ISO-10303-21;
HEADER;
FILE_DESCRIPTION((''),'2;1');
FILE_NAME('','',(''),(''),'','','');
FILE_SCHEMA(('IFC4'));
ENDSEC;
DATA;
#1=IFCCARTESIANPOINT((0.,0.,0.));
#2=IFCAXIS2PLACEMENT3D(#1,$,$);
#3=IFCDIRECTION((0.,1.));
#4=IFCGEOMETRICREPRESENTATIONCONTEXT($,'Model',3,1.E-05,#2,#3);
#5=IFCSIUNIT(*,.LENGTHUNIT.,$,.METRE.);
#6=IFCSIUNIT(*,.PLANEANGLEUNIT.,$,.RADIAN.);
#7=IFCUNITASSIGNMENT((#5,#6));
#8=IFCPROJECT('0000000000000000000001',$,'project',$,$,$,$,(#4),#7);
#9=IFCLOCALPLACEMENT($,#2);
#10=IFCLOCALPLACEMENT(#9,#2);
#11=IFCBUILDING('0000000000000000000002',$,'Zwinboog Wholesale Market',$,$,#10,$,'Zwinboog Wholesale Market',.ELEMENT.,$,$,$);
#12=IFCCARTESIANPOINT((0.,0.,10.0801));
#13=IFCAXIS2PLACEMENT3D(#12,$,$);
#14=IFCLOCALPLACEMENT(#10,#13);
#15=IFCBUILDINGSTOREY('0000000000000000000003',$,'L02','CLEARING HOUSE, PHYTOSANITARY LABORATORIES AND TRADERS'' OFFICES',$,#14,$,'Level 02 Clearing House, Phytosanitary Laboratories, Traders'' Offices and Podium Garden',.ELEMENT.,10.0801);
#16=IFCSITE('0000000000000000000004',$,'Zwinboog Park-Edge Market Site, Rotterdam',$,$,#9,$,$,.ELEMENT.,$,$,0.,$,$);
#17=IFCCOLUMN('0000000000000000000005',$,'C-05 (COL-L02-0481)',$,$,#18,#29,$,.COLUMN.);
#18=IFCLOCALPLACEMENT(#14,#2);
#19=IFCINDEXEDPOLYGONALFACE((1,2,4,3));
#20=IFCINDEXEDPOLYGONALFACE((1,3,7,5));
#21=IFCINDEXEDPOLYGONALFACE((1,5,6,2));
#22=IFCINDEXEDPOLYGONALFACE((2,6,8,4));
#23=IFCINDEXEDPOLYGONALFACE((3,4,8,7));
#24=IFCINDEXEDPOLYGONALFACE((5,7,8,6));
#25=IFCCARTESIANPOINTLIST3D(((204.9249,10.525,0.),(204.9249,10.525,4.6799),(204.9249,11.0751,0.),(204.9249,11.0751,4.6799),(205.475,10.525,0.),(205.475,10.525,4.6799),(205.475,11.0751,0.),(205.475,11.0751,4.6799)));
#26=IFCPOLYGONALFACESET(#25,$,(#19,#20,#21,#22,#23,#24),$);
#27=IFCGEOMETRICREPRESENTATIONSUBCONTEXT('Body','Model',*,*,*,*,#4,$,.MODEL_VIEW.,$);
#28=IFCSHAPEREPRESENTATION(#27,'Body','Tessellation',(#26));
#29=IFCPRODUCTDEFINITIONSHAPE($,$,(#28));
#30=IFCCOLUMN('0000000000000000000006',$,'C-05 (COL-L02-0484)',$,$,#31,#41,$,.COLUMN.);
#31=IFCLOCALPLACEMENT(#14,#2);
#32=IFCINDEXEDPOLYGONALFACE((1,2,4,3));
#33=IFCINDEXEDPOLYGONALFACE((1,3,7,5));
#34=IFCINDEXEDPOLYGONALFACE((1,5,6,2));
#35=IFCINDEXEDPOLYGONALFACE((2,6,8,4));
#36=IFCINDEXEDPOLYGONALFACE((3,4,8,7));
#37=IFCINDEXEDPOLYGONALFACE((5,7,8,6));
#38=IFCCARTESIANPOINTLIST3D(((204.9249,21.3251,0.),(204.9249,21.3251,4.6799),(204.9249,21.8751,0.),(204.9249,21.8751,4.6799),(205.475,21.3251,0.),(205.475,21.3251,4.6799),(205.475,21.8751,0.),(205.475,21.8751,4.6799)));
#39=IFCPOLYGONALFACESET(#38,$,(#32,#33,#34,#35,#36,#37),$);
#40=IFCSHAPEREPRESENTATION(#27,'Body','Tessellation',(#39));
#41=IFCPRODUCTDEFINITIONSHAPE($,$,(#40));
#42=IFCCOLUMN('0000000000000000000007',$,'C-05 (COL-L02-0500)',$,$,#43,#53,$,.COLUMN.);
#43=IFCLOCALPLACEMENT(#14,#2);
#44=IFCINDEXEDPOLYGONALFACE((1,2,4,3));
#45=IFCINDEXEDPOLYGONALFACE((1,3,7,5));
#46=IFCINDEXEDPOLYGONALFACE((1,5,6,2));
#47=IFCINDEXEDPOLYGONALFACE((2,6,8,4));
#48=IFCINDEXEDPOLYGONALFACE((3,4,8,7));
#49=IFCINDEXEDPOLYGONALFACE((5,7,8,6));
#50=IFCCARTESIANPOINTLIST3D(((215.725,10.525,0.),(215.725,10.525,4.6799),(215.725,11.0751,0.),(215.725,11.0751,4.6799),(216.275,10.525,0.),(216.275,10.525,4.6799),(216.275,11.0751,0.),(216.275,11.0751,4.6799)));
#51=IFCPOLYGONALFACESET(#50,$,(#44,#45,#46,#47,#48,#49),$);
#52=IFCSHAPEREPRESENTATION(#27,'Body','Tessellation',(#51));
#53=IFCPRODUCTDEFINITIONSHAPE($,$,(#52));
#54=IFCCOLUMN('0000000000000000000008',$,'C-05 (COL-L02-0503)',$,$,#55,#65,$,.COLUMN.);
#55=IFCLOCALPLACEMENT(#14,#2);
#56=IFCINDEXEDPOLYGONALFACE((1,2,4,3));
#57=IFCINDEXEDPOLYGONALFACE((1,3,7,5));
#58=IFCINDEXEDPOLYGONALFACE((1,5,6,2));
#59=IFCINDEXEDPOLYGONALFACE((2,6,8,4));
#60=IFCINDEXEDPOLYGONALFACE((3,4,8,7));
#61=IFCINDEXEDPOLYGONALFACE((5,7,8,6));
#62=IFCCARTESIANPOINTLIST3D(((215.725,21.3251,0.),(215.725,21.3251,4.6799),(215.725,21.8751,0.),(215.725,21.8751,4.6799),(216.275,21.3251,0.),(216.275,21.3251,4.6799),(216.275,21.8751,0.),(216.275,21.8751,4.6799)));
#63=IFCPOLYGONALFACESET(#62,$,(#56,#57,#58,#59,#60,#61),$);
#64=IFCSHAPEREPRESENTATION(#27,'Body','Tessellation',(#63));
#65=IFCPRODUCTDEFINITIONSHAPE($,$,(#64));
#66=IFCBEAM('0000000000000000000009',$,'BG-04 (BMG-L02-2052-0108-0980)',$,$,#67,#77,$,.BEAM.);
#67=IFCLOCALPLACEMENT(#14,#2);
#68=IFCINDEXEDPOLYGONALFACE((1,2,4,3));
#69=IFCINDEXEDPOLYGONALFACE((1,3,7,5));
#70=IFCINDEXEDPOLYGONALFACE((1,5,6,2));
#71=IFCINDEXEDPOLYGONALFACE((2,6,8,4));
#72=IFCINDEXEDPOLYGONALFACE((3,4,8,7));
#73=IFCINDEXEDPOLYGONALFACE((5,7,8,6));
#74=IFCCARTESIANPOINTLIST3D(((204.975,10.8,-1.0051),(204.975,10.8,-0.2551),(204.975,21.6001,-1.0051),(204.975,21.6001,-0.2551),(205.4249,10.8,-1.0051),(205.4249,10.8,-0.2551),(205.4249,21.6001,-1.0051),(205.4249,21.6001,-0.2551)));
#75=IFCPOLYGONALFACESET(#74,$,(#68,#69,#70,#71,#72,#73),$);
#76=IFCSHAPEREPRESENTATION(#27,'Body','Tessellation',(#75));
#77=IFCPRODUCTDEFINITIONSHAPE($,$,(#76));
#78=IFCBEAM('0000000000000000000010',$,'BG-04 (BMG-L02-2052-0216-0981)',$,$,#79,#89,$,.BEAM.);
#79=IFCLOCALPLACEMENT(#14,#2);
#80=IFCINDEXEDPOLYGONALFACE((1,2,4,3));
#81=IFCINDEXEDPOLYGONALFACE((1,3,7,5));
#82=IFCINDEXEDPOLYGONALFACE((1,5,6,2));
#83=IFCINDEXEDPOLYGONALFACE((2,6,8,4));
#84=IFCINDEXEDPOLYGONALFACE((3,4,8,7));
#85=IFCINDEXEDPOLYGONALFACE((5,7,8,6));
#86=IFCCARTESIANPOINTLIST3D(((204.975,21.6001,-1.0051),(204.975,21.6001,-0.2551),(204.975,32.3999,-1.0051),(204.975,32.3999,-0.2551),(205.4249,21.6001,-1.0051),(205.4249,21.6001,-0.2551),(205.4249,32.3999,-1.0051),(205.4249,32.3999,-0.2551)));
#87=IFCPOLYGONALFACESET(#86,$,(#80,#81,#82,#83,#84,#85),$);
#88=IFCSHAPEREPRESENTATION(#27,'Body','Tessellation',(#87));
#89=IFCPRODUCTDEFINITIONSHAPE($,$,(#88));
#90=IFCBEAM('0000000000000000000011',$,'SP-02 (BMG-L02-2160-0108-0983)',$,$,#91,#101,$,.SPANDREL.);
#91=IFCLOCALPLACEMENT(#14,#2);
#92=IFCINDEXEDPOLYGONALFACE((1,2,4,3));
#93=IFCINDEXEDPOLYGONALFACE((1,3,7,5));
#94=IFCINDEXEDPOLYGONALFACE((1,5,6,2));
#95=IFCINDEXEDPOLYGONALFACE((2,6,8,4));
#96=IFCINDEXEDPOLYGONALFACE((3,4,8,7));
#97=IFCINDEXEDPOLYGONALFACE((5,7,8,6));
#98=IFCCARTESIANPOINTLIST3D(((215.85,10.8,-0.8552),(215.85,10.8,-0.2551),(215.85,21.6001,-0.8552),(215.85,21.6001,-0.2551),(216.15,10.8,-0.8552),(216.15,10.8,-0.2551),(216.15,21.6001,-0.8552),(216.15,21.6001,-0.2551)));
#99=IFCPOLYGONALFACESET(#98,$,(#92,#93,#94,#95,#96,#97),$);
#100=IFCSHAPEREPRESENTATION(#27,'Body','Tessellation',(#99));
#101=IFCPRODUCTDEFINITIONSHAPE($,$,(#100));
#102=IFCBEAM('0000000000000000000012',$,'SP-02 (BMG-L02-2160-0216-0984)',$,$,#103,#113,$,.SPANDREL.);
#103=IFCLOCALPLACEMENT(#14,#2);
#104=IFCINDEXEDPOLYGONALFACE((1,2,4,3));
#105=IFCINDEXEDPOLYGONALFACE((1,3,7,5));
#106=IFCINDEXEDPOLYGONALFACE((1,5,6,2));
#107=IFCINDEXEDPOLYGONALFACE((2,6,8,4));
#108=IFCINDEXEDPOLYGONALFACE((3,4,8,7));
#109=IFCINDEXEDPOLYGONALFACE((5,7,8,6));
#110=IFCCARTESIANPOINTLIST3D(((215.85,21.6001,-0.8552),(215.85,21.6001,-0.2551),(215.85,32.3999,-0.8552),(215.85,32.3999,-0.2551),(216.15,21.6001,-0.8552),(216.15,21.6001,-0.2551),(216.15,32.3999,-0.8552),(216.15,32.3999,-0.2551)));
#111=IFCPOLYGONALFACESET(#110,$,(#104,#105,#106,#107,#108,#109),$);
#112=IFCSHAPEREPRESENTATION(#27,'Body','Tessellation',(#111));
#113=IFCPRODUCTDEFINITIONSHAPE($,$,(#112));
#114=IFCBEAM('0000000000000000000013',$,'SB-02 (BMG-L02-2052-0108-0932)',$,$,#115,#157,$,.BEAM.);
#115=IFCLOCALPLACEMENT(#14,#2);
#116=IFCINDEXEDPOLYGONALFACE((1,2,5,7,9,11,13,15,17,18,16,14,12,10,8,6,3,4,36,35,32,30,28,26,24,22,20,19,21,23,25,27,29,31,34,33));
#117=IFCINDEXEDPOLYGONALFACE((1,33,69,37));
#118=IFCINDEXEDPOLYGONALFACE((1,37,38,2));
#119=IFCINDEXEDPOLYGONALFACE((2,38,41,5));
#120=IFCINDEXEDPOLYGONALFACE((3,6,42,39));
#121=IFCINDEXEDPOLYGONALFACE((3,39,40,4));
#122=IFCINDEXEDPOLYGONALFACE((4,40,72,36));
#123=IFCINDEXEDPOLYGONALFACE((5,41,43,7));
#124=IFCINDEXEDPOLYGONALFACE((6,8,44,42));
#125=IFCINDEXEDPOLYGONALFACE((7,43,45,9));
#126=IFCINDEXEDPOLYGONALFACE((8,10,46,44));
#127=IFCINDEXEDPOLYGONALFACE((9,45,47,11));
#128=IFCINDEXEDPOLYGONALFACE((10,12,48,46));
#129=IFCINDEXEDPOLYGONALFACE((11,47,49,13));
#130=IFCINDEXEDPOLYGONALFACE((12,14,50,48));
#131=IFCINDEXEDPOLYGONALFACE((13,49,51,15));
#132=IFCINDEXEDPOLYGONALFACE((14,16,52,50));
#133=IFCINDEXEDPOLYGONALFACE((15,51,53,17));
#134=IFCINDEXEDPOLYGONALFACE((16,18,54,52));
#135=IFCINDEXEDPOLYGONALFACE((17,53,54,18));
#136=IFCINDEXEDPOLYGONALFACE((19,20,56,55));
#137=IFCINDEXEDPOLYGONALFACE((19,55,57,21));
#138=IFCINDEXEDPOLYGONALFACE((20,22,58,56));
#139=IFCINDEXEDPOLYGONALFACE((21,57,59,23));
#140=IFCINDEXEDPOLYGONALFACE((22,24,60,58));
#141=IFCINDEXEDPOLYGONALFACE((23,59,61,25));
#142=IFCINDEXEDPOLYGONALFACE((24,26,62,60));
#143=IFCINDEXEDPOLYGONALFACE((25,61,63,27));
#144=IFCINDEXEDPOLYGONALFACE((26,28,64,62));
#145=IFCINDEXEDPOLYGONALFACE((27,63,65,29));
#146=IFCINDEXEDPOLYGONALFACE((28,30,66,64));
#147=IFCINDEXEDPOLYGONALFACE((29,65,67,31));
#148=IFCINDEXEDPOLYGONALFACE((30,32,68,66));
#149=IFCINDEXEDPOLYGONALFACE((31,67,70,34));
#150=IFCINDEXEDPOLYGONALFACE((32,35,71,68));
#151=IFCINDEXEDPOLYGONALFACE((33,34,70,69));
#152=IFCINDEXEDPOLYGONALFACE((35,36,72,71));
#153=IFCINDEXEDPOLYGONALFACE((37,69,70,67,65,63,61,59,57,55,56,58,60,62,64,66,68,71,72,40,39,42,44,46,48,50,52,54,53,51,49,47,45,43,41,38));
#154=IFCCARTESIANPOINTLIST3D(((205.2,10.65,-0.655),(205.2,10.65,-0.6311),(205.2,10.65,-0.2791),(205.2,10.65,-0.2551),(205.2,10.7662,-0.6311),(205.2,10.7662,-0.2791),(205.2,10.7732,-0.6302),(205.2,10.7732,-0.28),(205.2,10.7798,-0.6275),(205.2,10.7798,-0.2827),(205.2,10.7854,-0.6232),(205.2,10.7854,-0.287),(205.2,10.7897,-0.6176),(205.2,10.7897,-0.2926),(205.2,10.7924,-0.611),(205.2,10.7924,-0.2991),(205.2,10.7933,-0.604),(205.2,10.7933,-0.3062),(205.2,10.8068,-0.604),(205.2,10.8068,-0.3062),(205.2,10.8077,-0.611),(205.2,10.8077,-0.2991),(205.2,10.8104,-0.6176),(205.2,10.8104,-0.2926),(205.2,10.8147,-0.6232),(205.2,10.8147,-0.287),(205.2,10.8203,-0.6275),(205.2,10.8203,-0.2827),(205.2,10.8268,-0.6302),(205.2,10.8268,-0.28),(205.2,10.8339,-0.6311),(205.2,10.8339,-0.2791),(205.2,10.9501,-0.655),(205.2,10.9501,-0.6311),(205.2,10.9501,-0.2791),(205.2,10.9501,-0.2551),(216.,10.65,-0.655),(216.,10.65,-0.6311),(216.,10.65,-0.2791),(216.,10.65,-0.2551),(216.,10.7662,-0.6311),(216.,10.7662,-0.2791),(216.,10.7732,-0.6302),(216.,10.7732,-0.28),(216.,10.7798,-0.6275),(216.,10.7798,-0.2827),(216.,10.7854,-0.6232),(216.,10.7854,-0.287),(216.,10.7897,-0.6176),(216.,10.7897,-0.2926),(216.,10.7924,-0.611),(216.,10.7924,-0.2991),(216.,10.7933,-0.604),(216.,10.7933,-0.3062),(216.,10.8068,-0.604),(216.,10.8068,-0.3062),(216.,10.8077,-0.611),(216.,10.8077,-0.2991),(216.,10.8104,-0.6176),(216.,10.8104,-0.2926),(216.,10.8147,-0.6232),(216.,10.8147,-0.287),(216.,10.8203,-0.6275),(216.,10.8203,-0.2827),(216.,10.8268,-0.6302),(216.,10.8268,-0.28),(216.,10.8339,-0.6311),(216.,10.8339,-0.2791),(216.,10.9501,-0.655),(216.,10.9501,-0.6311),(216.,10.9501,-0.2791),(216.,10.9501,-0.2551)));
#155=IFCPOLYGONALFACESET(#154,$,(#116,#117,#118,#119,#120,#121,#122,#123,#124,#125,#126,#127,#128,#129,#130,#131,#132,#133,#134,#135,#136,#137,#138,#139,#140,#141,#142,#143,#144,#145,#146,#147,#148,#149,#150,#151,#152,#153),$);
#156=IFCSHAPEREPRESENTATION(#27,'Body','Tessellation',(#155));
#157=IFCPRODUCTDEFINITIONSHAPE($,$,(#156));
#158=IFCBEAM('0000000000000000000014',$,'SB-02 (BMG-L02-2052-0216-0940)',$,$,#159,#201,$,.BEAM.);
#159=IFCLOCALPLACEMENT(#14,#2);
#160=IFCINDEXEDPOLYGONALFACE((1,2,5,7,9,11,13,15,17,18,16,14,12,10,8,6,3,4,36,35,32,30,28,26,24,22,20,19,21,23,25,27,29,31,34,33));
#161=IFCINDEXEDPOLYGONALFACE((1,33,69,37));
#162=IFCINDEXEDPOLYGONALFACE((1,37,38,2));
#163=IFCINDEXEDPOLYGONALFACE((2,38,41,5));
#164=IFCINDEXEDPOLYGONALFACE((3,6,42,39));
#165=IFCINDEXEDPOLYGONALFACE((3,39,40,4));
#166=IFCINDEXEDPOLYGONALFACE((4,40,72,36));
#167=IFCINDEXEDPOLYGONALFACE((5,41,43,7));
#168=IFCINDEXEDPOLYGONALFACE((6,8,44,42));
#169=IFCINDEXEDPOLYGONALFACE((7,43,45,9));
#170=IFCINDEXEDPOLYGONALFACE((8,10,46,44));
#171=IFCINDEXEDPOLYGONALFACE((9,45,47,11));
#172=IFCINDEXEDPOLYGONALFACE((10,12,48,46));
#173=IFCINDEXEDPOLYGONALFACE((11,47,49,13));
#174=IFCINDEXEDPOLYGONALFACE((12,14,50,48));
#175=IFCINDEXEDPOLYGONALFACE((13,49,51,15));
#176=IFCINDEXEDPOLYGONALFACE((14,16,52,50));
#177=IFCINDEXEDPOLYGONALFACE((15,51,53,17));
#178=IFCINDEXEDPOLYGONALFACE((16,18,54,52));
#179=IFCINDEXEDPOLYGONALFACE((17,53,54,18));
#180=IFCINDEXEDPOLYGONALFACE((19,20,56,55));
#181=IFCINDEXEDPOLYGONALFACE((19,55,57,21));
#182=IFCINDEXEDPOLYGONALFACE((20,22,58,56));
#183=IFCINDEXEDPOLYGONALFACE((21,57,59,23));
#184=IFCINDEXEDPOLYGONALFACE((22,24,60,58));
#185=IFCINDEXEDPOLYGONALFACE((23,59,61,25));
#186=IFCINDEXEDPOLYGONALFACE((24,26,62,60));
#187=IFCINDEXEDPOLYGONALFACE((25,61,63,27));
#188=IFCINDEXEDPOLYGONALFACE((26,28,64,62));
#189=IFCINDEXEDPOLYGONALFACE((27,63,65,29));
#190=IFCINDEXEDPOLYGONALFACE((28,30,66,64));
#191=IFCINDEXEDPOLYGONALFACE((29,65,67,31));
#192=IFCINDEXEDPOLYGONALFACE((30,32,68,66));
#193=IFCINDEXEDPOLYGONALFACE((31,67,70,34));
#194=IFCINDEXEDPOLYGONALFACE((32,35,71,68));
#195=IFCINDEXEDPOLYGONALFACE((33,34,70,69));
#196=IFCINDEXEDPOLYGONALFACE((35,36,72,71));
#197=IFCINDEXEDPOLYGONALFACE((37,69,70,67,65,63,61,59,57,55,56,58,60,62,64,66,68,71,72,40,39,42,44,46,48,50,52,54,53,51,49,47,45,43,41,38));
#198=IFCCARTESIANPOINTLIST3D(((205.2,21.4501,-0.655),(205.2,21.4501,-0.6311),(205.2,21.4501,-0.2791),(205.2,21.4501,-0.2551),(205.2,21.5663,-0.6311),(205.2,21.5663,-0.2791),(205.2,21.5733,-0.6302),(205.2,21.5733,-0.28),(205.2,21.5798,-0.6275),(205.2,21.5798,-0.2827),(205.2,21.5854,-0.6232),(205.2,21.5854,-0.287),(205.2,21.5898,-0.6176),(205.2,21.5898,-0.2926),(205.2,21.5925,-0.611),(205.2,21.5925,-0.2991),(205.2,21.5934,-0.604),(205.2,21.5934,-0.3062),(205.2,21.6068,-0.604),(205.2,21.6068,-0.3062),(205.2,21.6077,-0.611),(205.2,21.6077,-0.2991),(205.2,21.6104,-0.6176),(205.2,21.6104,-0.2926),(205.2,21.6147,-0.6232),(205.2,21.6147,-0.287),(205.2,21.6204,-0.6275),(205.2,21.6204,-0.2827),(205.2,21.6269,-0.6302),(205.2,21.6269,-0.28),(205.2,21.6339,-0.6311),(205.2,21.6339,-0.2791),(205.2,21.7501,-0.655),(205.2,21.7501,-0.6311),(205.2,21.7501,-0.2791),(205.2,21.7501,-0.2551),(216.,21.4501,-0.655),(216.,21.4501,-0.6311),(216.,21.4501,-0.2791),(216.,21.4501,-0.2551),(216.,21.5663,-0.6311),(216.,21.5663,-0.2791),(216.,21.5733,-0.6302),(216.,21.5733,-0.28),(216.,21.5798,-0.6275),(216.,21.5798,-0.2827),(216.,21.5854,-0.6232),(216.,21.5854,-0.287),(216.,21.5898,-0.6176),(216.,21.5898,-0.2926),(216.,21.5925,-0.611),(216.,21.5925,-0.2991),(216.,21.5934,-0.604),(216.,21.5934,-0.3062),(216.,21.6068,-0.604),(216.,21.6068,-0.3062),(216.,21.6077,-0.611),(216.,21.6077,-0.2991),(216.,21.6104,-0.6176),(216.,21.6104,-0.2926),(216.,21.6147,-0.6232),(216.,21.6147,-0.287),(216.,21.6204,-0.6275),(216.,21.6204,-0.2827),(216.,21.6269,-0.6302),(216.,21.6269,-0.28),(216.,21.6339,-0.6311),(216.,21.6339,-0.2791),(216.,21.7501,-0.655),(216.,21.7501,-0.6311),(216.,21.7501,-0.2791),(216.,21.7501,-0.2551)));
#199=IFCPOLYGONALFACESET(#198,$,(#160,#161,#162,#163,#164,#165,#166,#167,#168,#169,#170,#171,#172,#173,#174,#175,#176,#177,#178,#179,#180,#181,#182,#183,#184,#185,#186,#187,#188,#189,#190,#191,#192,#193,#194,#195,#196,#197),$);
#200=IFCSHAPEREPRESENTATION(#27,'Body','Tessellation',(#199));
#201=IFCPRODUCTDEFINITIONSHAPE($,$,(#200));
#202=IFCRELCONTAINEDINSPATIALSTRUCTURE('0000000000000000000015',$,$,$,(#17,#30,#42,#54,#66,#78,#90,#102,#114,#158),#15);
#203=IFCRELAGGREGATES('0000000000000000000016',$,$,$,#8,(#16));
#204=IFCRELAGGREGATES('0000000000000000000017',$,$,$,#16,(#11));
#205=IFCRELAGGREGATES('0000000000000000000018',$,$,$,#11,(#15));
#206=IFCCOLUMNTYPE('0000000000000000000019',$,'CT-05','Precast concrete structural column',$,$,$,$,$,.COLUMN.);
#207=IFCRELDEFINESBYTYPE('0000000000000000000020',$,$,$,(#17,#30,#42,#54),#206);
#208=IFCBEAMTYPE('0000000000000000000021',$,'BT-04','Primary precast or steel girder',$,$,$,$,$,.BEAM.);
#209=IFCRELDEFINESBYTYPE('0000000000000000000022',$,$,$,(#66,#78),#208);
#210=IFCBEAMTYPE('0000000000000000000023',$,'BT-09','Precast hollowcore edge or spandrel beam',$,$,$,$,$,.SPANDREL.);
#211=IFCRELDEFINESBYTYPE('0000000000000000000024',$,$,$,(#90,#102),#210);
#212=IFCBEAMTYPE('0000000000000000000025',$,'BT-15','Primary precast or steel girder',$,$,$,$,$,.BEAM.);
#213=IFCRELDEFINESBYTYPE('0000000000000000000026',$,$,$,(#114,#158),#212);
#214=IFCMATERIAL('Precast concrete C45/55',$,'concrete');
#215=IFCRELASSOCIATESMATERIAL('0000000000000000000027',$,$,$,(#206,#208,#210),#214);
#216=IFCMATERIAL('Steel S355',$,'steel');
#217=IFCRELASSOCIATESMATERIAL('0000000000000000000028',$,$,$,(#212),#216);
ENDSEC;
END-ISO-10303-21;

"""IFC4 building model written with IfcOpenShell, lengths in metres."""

from ifc_helpers import new_model, si_unit, direction, frame, origin, origin_2d, place, context, subcontext, project, spatial, rectangle, i_section, extrude, material, material_profile, profile_set, type_object, element, save


model = new_model("IFC4")

# Units and contexts
model_context = context("Model", 3, precision=1e-05, world=origin(), true_north=direction((0.0, 1.0)))
body_context = subcontext(model_context, "Body", "Model", "MODEL_VIEW")
ifc_project = project(units=[si_unit("LENGTHUNIT", "METRE"), si_unit("PLANEANGLEUNIT", "RADIAN")], contexts=[model_context])

# Site, building, storey
site_placement = place(None, origin())
site = spatial("IfcSite", under=ifc_project, at=site_placement, Name="Zwinboog Park-Edge Market Site, Rotterdam", CompositionType="ELEMENT", RefElevation=0.0)
building_placement = place(site_placement, origin())
building = spatial("IfcBuilding", under=site, at=building_placement, Name="Zwinboog Wholesale Market", LongName="Zwinboog Wholesale Market", CompositionType="ELEMENT")
storey_placement = place(building_placement, frame((0.0, 0.0, 10.0801)))
storey = spatial("IfcBuildingStorey", under=building, at=storey_placement, Name="L02", Description="CLEARING HOUSE, PHYTOSANITARY LABORATORIES AND TRADERS' OFFICES", LongName="Level 02 Clearing House, Phytosanitary Laboratories, Traders' Offices and Podium Garden", CompositionType="ELEMENT", Elevation=10.0801)

# Columns
ifc_material_1 = material(Name="Precast concrete C45/55", Category="concrete")
ifc_material_profile_1 = material_profile(ifc_material_1, rectangle(XDim=0.55, YDim=0.55, at=origin_2d()), Name="PC 550x550")
ifc_profile_set_1 = profile_set([ifc_material_profile_1], Name="Precast concrete C45/55")
column_type = type_object("IfcColumnType", Name="CT-05", Description="Precast concrete structural column", PredefinedType="COLUMN", material=ifc_profile_set_1)
for number, where, z_axis, x_axis, name in (
    (1, (205.2, 10.8, 0.0), (0.0, 0.0, 1.0), (1.0, 0.0, 0.0), "C-05 (COL-L02-0481)"),
    (2, (205.2, 21.6001, 0.0), (0.0, 0.0, 1.0), (1.0, 0.0, 0.0), "C-05 (COL-L02-0484)"),
    (3, (216.0, 10.8, 0.0), (0.0, 0.0, 1.0), (1.0, 0.0, 0.0), "C-05 (COL-L02-0500)"),
    (4, (216.0, 21.6001, 0.0), (0.0, 0.0, 1.0), (1.0, 0.0, 0.0), "C-05 (COL-L02-0503)"),
):
    element("IfcColumn", number, at=place(storey_placement, frame(where, z_axis=z_axis, x_axis=x_axis)), inside=storey, type_object=column_type, Name=name, PredefinedType="COLUMN", context=body_context, shape_type="SweptSolid", body=[
        extrude(rectangle(XDim=0.55, YDim=0.55, at=origin_2d()), origin(), (0.0, 0.0, 1.0), 4.6799),
    ])

# Beams
ifc_material_profile_2 = material_profile(ifc_material_1, rectangle(XDim=0.45, YDim=0.75, at=origin_2d()), Name="PC 450x750")
ifc_profile_set_2 = profile_set([ifc_material_profile_2], Name="Precast concrete C45/55")
beam_type_1 = type_object("IfcBeamType", Name="BT-04", Description="Primary precast or steel girder", PredefinedType="BEAM", material=ifc_profile_set_2)
beam_1_placement = place(storey_placement, frame((205.2, 10.8, -0.6301), z_axis=(0.0, 1.0, 0.0), x_axis=(-1.0, 0.0, 0.0)))
element("IfcBeam", 5, at=beam_1_placement, inside=storey, type_object=beam_type_1, Name="BG-04 (BMG-L02-2052-0108-0980)", PredefinedType="BEAM", context=body_context, shape_type="SweptSolid", body=[
    extrude(rectangle(XDim=0.45, YDim=0.75, at=origin_2d()), origin(), (0.0, 0.0, 1.0), 10.8),
])
beam_2_placement = place(storey_placement, frame((205.2, 21.6001, -0.6301), z_axis=(0.0, 1.0, 0.0), x_axis=(-1.0, 0.0, 0.0)))
element("IfcBeam", 6, at=beam_2_placement, inside=storey, type_object=beam_type_1, Name="BG-04 (BMG-L02-2052-0216-0981)", PredefinedType="BEAM", context=body_context, shape_type="SweptSolid", body=[
    extrude(rectangle(XDim=0.45, YDim=0.75, at=origin_2d()), origin(), (0.0, 0.0, 1.0), 10.7998),
])
ifc_material_profile_3 = material_profile(ifc_material_1, rectangle(XDim=0.3, YDim=0.6001, at=origin_2d()), Name="PC 300x600")
ifc_profile_set_3 = profile_set([ifc_material_profile_3], Name="Precast concrete C45/55")
beam_type_2 = type_object("IfcBeamType", Name="BT-09", Description="Precast hollowcore edge or spandrel beam", PredefinedType="SPANDREL", material=ifc_profile_set_3)
beam_3_placement = place(storey_placement, frame((216.0, 10.8, -0.5552), z_axis=(0.0, 1.0, 0.0), x_axis=(-1.0, 0.0, 0.0)))
element("IfcBeam", 7, at=beam_3_placement, inside=storey, type_object=beam_type_2, Name="SP-02 (BMG-L02-2160-0108-0983)", PredefinedType="SPANDREL", context=body_context, shape_type="SweptSolid", body=[
    extrude(rectangle(XDim=0.3, YDim=0.6001, at=origin_2d()), origin(), (0.0, 0.0, 1.0), 10.8),
])
beam_4_placement = place(storey_placement, frame((216.0, 21.6001, -0.5552), z_axis=(0.0, 1.0, 0.0), x_axis=(-1.0, 0.0, 0.0)))
element("IfcBeam", 8, at=beam_4_placement, inside=storey, type_object=beam_type_2, Name="SP-02 (BMG-L02-2160-0216-0984)", PredefinedType="SPANDREL", context=body_context, shape_type="SweptSolid", body=[
    extrude(rectangle(XDim=0.3, YDim=0.6001, at=origin_2d()), origin(), (0.0, 0.0, 1.0), 10.7998),
])
ifc_material_2 = material(Name="Steel S355", Category="steel")
ifc_material_profile_4 = material_profile(ifc_material_2, i_section(OverallWidth=0.3, OverallDepth=0.3999, WebThickness=0.0134, FlangeThickness=0.0239, FilletRadius=0.0271, at=origin_2d()), Name="HEB 400")
ifc_profile_set_4 = profile_set([ifc_material_profile_4], Name="Steel S355")
beam_type_3 = type_object("IfcBeamType", Name="BT-15", Description="Primary precast or steel girder", PredefinedType="BEAM", material=ifc_profile_set_4)
for number, where, z_axis, x_axis, name in (
    (9, (205.2, 10.8, -0.4551), (1.0, 0.0, 0.0), (0.0, 1.0, 0.0), "SB-02 (BMG-L02-2052-0108-0932)"),
    (10, (205.2, 21.6001, -0.4551), (1.0, 0.0, 0.0), (0.0, 1.0, 0.0), "SB-02 (BMG-L02-2052-0216-0940)"),
):
    element("IfcBeam", number, at=place(storey_placement, frame(where, z_axis=z_axis, x_axis=x_axis)), inside=storey, type_object=beam_type_3, Name=name, PredefinedType="BEAM", context=body_context, shape_type="SweptSolid", body=[
        extrude(i_section(OverallWidth=0.3, OverallDepth=0.3999, WebThickness=0.0134, FlangeThickness=0.0239, FilletRadius=0.0271, at=origin_2d()), origin(), (0.0, 0.0, 1.0), 10.8),
    ])

save(model, "model.ifc")
